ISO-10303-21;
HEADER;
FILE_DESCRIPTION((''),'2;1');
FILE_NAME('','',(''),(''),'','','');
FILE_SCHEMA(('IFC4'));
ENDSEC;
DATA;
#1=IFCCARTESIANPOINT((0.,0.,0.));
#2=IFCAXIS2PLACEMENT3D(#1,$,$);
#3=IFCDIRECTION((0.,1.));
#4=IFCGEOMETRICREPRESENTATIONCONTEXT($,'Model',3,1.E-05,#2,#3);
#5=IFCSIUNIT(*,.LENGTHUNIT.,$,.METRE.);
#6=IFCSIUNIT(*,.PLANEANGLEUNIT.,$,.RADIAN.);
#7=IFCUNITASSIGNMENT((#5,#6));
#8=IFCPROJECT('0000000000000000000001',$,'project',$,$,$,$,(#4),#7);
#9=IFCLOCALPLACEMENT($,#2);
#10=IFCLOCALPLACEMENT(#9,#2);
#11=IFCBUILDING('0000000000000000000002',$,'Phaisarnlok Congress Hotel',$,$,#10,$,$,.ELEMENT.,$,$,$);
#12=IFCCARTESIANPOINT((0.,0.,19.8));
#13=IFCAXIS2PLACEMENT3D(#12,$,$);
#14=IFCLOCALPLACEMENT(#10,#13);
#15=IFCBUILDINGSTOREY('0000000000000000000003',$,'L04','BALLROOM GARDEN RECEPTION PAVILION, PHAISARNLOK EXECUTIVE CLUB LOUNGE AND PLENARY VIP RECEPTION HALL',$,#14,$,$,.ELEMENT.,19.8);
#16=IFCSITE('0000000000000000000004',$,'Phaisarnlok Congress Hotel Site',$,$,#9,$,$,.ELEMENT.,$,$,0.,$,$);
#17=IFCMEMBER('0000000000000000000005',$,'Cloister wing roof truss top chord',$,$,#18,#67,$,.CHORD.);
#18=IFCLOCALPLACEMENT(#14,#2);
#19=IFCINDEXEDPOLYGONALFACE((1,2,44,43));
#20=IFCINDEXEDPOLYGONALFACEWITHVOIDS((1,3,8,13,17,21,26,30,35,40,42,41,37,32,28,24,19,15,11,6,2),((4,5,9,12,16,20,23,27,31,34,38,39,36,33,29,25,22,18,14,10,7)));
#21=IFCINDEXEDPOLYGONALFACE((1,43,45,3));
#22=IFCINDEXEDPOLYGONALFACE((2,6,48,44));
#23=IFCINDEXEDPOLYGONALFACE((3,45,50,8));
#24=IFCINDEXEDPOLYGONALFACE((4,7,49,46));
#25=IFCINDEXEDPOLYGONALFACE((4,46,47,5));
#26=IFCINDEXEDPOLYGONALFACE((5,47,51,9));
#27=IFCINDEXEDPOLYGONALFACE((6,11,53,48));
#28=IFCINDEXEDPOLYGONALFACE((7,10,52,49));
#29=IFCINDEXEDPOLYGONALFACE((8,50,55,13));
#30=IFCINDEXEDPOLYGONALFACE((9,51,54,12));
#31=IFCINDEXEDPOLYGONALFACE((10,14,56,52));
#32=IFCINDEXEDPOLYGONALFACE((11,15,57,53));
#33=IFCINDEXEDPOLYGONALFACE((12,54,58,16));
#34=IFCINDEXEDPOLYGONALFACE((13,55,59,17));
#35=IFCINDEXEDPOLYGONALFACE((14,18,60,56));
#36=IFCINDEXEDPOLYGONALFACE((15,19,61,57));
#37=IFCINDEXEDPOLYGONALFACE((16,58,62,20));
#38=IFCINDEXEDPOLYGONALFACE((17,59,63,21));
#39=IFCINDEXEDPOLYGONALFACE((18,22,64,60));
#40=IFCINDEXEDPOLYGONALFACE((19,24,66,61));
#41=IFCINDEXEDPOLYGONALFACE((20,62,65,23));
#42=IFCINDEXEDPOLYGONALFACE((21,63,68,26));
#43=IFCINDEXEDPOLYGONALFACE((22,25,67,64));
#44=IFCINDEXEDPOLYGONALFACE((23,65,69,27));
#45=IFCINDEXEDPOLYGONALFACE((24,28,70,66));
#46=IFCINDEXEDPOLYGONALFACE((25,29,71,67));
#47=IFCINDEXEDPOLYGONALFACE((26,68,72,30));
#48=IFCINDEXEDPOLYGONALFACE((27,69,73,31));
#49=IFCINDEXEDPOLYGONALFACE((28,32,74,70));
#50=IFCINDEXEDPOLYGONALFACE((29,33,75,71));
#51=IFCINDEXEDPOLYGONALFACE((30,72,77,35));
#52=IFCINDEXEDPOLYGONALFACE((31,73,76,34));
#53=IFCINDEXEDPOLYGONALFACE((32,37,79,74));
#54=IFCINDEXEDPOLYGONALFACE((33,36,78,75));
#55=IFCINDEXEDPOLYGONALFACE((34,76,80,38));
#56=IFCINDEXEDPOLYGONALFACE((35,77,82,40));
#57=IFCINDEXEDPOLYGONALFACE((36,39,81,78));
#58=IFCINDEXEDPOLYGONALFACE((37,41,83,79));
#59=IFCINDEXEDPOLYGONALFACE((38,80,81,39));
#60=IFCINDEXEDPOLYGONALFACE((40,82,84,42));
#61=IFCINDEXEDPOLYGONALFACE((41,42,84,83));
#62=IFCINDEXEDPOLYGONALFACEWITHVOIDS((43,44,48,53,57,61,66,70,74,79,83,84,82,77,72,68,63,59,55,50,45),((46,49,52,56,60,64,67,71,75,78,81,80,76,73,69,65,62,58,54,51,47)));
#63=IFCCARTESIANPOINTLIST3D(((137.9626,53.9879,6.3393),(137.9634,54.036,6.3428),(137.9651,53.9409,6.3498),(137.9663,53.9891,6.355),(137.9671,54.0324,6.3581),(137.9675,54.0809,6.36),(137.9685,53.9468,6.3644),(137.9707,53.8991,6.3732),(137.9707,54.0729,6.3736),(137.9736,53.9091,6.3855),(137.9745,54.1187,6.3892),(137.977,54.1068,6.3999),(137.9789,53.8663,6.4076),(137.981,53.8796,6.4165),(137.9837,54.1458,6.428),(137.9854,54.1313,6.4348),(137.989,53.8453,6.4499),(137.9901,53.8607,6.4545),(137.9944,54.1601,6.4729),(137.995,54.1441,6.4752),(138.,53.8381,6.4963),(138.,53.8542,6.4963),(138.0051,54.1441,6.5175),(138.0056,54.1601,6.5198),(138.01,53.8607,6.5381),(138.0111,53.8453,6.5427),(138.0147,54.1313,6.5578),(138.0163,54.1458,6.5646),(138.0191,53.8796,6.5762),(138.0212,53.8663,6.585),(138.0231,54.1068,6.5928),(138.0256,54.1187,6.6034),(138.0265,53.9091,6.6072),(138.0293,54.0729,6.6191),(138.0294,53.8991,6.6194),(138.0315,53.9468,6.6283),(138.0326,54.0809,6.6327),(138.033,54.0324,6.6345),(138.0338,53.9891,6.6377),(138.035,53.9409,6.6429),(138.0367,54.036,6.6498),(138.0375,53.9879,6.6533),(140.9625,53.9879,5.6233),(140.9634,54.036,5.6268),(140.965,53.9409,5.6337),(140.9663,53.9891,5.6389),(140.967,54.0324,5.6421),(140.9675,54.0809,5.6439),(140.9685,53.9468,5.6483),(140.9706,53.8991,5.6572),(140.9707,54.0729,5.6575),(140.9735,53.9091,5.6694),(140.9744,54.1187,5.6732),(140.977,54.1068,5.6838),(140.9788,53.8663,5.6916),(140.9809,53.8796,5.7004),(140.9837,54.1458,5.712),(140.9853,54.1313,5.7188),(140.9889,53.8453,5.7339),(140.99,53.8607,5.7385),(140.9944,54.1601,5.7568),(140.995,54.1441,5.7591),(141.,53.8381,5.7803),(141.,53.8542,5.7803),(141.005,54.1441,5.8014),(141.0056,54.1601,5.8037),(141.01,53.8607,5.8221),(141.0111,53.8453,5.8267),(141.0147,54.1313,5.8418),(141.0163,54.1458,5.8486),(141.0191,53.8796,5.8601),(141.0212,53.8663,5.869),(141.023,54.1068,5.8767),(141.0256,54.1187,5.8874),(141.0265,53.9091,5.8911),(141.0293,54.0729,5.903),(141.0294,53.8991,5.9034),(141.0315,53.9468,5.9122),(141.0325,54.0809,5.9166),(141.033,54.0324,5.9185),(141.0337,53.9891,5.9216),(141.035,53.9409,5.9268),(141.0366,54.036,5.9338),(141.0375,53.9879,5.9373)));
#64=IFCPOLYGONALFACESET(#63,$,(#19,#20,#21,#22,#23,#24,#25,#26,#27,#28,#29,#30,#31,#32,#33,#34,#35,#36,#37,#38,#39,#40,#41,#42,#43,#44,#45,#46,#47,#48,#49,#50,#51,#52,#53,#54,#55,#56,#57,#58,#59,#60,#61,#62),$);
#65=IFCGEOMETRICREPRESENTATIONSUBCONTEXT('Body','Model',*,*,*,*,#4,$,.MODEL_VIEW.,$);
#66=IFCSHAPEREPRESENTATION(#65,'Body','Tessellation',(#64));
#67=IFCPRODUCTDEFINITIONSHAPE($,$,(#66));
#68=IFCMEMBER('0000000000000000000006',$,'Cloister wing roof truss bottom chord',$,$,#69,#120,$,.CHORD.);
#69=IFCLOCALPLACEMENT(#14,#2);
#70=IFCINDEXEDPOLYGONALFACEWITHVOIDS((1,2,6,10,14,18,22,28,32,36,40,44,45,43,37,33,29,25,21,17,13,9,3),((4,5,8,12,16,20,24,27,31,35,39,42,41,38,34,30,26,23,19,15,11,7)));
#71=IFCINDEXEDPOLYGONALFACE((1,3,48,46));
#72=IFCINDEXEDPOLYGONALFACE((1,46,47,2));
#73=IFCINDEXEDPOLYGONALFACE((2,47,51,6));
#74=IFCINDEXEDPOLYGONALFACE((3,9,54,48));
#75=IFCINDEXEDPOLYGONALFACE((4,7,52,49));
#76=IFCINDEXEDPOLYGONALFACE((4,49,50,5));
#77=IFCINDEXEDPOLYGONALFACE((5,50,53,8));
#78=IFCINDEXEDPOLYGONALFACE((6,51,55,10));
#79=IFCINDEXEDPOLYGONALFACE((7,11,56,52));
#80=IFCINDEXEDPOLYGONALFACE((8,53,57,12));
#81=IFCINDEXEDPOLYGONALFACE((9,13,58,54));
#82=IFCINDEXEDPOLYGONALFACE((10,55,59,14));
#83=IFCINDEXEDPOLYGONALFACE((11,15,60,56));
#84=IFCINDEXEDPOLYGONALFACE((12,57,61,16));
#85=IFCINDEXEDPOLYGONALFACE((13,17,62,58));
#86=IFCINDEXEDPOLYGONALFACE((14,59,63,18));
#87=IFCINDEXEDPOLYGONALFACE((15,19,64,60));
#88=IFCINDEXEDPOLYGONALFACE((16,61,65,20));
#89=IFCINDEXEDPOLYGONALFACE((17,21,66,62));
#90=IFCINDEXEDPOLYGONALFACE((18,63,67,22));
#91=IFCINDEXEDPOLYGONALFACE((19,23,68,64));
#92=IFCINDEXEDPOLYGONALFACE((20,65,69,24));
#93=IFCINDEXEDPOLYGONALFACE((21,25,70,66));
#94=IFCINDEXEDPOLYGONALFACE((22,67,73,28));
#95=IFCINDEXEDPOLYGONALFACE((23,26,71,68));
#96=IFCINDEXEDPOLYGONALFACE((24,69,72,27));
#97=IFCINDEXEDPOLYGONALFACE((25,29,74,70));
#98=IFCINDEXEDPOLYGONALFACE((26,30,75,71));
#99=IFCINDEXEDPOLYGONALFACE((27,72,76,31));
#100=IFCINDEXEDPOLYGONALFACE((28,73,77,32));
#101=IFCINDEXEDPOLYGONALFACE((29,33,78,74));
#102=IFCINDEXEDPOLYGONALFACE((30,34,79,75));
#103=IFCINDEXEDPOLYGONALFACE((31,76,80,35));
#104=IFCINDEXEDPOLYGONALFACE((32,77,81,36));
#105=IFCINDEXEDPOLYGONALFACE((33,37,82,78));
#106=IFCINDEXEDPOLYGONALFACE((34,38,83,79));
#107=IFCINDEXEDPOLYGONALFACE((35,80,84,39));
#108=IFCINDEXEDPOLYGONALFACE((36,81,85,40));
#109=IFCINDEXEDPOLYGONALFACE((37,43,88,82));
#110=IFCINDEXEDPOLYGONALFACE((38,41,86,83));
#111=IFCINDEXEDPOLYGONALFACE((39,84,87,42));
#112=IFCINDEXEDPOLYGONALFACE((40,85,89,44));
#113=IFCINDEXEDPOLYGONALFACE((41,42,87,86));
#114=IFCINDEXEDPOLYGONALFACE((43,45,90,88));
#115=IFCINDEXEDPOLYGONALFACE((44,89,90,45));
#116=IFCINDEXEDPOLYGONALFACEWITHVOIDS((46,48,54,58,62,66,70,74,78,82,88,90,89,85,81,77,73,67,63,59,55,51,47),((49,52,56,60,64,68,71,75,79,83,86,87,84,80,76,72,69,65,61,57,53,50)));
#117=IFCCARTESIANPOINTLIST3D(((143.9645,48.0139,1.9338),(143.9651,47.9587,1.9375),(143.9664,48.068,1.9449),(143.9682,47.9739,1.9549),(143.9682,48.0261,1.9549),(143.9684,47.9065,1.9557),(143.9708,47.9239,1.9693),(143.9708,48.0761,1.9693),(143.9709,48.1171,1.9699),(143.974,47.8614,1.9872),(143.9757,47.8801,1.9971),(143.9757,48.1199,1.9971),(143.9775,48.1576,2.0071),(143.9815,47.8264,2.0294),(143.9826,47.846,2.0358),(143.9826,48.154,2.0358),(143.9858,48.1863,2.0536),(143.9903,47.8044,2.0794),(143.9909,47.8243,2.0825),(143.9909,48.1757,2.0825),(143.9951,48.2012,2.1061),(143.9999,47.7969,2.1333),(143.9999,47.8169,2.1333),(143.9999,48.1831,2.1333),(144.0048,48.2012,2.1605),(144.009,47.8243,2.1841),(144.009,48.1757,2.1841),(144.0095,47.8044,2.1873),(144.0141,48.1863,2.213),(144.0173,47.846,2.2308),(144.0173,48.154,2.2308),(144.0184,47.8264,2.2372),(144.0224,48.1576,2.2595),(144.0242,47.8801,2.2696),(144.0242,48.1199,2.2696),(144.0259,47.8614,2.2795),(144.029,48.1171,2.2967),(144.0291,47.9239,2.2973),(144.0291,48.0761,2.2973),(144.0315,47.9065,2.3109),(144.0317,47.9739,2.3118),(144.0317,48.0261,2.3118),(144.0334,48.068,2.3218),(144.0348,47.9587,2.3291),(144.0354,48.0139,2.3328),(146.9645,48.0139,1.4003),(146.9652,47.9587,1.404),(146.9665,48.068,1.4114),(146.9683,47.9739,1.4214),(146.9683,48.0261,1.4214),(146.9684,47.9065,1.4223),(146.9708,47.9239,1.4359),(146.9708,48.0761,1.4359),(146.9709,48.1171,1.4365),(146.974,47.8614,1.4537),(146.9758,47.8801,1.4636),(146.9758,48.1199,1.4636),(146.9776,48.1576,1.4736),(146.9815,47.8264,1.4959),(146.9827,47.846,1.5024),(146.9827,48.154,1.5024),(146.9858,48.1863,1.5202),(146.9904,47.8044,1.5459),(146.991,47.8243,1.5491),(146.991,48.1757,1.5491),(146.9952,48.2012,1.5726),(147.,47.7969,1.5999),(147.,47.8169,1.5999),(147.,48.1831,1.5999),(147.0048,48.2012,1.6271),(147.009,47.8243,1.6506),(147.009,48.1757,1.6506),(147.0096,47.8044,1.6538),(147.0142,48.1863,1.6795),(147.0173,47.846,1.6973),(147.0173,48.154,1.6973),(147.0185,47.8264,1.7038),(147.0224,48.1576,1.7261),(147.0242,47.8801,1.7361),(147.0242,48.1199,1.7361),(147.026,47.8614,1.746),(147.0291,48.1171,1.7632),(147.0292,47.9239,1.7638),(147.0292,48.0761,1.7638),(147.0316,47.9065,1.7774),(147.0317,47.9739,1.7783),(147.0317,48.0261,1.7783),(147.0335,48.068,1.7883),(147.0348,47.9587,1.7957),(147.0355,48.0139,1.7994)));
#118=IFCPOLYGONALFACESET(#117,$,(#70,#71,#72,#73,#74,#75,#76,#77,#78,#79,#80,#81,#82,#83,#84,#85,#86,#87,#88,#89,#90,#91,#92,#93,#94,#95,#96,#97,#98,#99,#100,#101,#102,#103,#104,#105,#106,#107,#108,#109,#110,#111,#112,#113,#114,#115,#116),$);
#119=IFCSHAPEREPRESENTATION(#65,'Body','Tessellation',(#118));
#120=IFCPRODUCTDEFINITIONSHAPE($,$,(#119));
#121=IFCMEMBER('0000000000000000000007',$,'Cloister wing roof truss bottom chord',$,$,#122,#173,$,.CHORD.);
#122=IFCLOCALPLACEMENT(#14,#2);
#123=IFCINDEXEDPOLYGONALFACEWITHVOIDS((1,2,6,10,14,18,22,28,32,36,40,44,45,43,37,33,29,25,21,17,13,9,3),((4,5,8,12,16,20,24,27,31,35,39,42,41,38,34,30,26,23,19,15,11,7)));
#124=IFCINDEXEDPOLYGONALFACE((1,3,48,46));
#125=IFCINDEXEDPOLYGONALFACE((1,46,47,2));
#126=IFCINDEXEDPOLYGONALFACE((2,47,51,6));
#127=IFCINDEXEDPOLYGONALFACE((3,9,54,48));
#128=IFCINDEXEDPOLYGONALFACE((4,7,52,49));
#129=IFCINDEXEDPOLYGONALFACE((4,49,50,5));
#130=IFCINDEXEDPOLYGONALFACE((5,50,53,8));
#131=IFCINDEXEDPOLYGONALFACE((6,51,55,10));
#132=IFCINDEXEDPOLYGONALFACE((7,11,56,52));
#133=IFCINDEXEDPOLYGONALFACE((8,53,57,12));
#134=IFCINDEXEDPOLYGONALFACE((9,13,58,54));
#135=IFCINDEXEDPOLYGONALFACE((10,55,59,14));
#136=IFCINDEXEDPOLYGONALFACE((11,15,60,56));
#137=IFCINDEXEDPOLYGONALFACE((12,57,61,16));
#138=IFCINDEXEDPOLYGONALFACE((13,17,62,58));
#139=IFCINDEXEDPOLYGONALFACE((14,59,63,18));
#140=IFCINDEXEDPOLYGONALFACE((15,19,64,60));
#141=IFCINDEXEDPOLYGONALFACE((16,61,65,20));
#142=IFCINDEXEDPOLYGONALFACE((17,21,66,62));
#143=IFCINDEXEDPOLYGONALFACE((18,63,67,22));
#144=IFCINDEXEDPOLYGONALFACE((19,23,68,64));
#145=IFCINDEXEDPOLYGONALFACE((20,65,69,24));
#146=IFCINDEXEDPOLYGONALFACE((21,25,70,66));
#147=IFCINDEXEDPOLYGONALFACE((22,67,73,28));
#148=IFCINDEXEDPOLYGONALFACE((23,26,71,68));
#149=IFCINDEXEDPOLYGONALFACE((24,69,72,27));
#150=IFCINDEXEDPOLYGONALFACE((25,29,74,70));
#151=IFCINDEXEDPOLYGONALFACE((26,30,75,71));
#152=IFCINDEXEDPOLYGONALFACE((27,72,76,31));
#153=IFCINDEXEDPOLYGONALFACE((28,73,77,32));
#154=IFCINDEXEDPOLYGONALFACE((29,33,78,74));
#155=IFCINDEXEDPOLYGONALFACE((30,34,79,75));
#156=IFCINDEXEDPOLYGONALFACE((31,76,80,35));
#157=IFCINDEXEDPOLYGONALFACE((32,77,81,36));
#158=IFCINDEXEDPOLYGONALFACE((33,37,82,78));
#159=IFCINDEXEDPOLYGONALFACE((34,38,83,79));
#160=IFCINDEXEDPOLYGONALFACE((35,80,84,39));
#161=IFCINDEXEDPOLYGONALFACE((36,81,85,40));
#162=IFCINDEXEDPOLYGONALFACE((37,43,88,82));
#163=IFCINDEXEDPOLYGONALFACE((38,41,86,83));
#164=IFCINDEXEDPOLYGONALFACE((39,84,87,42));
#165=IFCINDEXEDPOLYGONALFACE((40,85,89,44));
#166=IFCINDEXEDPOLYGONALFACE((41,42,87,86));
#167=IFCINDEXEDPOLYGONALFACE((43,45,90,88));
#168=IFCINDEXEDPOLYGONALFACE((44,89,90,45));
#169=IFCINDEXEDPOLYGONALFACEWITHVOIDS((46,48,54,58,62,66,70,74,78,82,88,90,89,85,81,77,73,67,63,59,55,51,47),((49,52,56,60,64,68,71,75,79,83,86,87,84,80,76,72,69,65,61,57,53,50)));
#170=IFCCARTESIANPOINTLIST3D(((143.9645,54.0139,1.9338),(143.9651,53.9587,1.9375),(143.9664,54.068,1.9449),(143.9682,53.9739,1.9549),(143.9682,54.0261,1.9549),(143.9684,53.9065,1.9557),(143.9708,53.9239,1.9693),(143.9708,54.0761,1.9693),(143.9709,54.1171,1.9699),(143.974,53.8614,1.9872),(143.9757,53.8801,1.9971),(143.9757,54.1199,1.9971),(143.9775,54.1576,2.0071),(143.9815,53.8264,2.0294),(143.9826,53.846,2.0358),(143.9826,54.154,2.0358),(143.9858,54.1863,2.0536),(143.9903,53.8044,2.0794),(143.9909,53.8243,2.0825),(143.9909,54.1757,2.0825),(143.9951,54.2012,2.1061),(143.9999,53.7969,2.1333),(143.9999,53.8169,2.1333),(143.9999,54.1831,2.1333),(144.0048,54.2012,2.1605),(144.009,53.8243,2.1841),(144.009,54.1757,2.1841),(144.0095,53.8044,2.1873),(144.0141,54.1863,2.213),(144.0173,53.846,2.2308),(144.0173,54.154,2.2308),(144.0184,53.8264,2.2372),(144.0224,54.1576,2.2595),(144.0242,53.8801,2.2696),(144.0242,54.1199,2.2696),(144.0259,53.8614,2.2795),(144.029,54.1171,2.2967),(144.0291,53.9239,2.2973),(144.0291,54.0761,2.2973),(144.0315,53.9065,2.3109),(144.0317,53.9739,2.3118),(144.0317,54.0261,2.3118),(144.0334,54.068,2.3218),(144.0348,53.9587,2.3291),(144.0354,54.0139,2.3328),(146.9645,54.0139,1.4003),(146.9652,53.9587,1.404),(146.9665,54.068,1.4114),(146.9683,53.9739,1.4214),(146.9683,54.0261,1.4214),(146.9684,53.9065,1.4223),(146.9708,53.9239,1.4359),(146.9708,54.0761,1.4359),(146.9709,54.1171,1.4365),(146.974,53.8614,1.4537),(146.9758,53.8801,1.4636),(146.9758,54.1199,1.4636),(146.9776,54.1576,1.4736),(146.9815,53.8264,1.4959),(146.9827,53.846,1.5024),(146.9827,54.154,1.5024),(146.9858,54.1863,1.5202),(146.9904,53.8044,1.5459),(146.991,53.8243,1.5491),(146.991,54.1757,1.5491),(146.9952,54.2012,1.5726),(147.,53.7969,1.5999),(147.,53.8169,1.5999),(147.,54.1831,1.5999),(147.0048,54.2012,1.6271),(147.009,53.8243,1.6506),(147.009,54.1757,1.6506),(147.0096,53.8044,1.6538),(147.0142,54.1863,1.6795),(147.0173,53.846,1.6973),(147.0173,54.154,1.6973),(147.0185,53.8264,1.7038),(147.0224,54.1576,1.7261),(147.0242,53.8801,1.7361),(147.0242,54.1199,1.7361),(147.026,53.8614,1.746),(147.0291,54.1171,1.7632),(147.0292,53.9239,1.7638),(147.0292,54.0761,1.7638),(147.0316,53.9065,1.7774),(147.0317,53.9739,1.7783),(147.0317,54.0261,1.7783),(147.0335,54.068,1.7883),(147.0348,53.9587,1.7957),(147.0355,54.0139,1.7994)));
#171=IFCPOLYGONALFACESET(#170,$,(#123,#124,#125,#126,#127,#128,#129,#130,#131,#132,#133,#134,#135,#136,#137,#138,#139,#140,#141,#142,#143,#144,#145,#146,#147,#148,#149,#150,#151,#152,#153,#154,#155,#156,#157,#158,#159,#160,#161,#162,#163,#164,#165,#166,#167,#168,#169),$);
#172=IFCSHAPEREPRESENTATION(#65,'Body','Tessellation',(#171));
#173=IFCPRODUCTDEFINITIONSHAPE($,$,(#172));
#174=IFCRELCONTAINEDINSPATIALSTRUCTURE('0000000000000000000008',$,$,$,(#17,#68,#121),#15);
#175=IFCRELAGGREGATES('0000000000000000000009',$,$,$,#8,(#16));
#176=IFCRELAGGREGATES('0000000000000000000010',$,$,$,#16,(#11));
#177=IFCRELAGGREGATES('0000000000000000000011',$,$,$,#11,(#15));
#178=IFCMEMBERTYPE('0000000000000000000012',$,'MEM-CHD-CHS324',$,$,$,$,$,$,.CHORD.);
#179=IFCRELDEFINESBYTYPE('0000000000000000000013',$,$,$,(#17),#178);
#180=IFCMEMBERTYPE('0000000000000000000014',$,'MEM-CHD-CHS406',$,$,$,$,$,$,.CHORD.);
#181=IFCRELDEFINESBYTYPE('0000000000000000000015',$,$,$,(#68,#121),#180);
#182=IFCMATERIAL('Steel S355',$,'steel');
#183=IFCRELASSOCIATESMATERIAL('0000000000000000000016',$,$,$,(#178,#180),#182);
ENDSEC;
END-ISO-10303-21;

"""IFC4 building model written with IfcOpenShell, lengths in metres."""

from ifc_helpers import new_model, si_unit, direction, frame, origin, origin_2d, place, context, subcontext, project, spatial, hollow_circle, extrude, material, material_profile, profile_set, type_object, element, save


model = new_model("IFC4")

# Units and contexts
model_context = context("Model", 3, precision=1e-05, world=origin(), true_north=direction((0.0, 1.0)))
body_context = subcontext(model_context, "Body", "Model", "MODEL_VIEW")
ifc_project = project(units=[si_unit("LENGTHUNIT", "METRE"), si_unit("PLANEANGLEUNIT", "RADIAN")], contexts=[model_context])

# Site, building, storey
site_placement = place(None, origin())
site = spatial("IfcSite", under=ifc_project, at=site_placement, Name="Phaisarnlok Congress Hotel Site", CompositionType="ELEMENT", RefElevation=0.0)
building_placement = place(site_placement, origin())
building = spatial("IfcBuilding", under=site, at=building_placement, Name="Phaisarnlok Congress Hotel", CompositionType="ELEMENT")
storey_placement = place(building_placement, frame((0.0, 0.0, 19.8)))
storey = spatial("IfcBuildingStorey", under=building, at=storey_placement, Name="L04", Description="BALLROOM GARDEN RECEPTION PAVILION, PHAISARNLOK EXECUTIVE CLUB LOUNGE AND PLENARY VIP RECEPTION HALL", CompositionType="ELEMENT", Elevation=19.8)

# Shared definitions
ifc_material = material(Name="Steel S355", Category="steel")

# Members
ifc_material_profile_1 = material_profile(ifc_material, hollow_circle(Radius=0.1619, WallThickness=0.0161, at=origin_2d()), Name="CHS 323.9x16")
ifc_profile_set_1 = profile_set([ifc_material_profile_1], Name="Steel S355")
member_type_1 = type_object("IfcMemberType", Name="MEM-CHD-CHS324", PredefinedType="CHORD", material=ifc_profile_set_1)
for number, where, z_axis, x_axis, name in (
    (1, (141.0, 54.0, 5.7803), (-0.972676, 0.0, 0.232166), (0.0, -1.0, 0.0), "Cloister wing roof truss top chord"),
):
    element("IfcMember", number, at=place(storey_placement, frame(where, z_axis=z_axis, x_axis=x_axis)), inside=storey, type_object=member_type_1, Name=name, PredefinedType="CHORD", context=body_context, shape_type="SweptSolid", body=[
        extrude(hollow_circle(Radius=0.1619, WallThickness=0.0161, at=origin_2d()), origin(), (0.0, 0.0, 1.0), 3.0842),
    ])
ifc_material_profile_2 = material_profile(ifc_material, hollow_circle(Radius=0.2031, WallThickness=0.02, at=origin_2d()), Name="CHS 406.4x20")
ifc_profile_set_2 = profile_set([ifc_material_profile_2], Name="Steel S355")
member_type_2 = type_object("IfcMemberType", Name="MEM-CHD-CHS406", PredefinedType="CHORD", material=ifc_profile_set_2)
for number, where, z_axis, x_axis, name in (
    (2, (147.0, 48.0, 1.5999), (-0.984556, 0.0, 0.17507), (0.0, -1.0, 0.0), "Cloister wing roof truss bottom chord"),
    (3, (147.0, 54.0, 1.5999), (-0.984556, 0.0, 0.17507), (0.0, -1.0, 0.0), "Cloister wing roof truss bottom chord"),
):
    element("IfcMember", number, at=place(storey_placement, frame(where, z_axis=z_axis, x_axis=x_axis)), inside=storey, type_object=member_type_2, Name=name, PredefinedType="CHORD", context=body_context, shape_type="SweptSolid", body=[
        extrude(hollow_circle(Radius=0.2031, WallThickness=0.02, at=origin_2d()), origin(), (0.0, 0.0, 1.0), 3.0471),
    ])

save(model, "model.ifc")
